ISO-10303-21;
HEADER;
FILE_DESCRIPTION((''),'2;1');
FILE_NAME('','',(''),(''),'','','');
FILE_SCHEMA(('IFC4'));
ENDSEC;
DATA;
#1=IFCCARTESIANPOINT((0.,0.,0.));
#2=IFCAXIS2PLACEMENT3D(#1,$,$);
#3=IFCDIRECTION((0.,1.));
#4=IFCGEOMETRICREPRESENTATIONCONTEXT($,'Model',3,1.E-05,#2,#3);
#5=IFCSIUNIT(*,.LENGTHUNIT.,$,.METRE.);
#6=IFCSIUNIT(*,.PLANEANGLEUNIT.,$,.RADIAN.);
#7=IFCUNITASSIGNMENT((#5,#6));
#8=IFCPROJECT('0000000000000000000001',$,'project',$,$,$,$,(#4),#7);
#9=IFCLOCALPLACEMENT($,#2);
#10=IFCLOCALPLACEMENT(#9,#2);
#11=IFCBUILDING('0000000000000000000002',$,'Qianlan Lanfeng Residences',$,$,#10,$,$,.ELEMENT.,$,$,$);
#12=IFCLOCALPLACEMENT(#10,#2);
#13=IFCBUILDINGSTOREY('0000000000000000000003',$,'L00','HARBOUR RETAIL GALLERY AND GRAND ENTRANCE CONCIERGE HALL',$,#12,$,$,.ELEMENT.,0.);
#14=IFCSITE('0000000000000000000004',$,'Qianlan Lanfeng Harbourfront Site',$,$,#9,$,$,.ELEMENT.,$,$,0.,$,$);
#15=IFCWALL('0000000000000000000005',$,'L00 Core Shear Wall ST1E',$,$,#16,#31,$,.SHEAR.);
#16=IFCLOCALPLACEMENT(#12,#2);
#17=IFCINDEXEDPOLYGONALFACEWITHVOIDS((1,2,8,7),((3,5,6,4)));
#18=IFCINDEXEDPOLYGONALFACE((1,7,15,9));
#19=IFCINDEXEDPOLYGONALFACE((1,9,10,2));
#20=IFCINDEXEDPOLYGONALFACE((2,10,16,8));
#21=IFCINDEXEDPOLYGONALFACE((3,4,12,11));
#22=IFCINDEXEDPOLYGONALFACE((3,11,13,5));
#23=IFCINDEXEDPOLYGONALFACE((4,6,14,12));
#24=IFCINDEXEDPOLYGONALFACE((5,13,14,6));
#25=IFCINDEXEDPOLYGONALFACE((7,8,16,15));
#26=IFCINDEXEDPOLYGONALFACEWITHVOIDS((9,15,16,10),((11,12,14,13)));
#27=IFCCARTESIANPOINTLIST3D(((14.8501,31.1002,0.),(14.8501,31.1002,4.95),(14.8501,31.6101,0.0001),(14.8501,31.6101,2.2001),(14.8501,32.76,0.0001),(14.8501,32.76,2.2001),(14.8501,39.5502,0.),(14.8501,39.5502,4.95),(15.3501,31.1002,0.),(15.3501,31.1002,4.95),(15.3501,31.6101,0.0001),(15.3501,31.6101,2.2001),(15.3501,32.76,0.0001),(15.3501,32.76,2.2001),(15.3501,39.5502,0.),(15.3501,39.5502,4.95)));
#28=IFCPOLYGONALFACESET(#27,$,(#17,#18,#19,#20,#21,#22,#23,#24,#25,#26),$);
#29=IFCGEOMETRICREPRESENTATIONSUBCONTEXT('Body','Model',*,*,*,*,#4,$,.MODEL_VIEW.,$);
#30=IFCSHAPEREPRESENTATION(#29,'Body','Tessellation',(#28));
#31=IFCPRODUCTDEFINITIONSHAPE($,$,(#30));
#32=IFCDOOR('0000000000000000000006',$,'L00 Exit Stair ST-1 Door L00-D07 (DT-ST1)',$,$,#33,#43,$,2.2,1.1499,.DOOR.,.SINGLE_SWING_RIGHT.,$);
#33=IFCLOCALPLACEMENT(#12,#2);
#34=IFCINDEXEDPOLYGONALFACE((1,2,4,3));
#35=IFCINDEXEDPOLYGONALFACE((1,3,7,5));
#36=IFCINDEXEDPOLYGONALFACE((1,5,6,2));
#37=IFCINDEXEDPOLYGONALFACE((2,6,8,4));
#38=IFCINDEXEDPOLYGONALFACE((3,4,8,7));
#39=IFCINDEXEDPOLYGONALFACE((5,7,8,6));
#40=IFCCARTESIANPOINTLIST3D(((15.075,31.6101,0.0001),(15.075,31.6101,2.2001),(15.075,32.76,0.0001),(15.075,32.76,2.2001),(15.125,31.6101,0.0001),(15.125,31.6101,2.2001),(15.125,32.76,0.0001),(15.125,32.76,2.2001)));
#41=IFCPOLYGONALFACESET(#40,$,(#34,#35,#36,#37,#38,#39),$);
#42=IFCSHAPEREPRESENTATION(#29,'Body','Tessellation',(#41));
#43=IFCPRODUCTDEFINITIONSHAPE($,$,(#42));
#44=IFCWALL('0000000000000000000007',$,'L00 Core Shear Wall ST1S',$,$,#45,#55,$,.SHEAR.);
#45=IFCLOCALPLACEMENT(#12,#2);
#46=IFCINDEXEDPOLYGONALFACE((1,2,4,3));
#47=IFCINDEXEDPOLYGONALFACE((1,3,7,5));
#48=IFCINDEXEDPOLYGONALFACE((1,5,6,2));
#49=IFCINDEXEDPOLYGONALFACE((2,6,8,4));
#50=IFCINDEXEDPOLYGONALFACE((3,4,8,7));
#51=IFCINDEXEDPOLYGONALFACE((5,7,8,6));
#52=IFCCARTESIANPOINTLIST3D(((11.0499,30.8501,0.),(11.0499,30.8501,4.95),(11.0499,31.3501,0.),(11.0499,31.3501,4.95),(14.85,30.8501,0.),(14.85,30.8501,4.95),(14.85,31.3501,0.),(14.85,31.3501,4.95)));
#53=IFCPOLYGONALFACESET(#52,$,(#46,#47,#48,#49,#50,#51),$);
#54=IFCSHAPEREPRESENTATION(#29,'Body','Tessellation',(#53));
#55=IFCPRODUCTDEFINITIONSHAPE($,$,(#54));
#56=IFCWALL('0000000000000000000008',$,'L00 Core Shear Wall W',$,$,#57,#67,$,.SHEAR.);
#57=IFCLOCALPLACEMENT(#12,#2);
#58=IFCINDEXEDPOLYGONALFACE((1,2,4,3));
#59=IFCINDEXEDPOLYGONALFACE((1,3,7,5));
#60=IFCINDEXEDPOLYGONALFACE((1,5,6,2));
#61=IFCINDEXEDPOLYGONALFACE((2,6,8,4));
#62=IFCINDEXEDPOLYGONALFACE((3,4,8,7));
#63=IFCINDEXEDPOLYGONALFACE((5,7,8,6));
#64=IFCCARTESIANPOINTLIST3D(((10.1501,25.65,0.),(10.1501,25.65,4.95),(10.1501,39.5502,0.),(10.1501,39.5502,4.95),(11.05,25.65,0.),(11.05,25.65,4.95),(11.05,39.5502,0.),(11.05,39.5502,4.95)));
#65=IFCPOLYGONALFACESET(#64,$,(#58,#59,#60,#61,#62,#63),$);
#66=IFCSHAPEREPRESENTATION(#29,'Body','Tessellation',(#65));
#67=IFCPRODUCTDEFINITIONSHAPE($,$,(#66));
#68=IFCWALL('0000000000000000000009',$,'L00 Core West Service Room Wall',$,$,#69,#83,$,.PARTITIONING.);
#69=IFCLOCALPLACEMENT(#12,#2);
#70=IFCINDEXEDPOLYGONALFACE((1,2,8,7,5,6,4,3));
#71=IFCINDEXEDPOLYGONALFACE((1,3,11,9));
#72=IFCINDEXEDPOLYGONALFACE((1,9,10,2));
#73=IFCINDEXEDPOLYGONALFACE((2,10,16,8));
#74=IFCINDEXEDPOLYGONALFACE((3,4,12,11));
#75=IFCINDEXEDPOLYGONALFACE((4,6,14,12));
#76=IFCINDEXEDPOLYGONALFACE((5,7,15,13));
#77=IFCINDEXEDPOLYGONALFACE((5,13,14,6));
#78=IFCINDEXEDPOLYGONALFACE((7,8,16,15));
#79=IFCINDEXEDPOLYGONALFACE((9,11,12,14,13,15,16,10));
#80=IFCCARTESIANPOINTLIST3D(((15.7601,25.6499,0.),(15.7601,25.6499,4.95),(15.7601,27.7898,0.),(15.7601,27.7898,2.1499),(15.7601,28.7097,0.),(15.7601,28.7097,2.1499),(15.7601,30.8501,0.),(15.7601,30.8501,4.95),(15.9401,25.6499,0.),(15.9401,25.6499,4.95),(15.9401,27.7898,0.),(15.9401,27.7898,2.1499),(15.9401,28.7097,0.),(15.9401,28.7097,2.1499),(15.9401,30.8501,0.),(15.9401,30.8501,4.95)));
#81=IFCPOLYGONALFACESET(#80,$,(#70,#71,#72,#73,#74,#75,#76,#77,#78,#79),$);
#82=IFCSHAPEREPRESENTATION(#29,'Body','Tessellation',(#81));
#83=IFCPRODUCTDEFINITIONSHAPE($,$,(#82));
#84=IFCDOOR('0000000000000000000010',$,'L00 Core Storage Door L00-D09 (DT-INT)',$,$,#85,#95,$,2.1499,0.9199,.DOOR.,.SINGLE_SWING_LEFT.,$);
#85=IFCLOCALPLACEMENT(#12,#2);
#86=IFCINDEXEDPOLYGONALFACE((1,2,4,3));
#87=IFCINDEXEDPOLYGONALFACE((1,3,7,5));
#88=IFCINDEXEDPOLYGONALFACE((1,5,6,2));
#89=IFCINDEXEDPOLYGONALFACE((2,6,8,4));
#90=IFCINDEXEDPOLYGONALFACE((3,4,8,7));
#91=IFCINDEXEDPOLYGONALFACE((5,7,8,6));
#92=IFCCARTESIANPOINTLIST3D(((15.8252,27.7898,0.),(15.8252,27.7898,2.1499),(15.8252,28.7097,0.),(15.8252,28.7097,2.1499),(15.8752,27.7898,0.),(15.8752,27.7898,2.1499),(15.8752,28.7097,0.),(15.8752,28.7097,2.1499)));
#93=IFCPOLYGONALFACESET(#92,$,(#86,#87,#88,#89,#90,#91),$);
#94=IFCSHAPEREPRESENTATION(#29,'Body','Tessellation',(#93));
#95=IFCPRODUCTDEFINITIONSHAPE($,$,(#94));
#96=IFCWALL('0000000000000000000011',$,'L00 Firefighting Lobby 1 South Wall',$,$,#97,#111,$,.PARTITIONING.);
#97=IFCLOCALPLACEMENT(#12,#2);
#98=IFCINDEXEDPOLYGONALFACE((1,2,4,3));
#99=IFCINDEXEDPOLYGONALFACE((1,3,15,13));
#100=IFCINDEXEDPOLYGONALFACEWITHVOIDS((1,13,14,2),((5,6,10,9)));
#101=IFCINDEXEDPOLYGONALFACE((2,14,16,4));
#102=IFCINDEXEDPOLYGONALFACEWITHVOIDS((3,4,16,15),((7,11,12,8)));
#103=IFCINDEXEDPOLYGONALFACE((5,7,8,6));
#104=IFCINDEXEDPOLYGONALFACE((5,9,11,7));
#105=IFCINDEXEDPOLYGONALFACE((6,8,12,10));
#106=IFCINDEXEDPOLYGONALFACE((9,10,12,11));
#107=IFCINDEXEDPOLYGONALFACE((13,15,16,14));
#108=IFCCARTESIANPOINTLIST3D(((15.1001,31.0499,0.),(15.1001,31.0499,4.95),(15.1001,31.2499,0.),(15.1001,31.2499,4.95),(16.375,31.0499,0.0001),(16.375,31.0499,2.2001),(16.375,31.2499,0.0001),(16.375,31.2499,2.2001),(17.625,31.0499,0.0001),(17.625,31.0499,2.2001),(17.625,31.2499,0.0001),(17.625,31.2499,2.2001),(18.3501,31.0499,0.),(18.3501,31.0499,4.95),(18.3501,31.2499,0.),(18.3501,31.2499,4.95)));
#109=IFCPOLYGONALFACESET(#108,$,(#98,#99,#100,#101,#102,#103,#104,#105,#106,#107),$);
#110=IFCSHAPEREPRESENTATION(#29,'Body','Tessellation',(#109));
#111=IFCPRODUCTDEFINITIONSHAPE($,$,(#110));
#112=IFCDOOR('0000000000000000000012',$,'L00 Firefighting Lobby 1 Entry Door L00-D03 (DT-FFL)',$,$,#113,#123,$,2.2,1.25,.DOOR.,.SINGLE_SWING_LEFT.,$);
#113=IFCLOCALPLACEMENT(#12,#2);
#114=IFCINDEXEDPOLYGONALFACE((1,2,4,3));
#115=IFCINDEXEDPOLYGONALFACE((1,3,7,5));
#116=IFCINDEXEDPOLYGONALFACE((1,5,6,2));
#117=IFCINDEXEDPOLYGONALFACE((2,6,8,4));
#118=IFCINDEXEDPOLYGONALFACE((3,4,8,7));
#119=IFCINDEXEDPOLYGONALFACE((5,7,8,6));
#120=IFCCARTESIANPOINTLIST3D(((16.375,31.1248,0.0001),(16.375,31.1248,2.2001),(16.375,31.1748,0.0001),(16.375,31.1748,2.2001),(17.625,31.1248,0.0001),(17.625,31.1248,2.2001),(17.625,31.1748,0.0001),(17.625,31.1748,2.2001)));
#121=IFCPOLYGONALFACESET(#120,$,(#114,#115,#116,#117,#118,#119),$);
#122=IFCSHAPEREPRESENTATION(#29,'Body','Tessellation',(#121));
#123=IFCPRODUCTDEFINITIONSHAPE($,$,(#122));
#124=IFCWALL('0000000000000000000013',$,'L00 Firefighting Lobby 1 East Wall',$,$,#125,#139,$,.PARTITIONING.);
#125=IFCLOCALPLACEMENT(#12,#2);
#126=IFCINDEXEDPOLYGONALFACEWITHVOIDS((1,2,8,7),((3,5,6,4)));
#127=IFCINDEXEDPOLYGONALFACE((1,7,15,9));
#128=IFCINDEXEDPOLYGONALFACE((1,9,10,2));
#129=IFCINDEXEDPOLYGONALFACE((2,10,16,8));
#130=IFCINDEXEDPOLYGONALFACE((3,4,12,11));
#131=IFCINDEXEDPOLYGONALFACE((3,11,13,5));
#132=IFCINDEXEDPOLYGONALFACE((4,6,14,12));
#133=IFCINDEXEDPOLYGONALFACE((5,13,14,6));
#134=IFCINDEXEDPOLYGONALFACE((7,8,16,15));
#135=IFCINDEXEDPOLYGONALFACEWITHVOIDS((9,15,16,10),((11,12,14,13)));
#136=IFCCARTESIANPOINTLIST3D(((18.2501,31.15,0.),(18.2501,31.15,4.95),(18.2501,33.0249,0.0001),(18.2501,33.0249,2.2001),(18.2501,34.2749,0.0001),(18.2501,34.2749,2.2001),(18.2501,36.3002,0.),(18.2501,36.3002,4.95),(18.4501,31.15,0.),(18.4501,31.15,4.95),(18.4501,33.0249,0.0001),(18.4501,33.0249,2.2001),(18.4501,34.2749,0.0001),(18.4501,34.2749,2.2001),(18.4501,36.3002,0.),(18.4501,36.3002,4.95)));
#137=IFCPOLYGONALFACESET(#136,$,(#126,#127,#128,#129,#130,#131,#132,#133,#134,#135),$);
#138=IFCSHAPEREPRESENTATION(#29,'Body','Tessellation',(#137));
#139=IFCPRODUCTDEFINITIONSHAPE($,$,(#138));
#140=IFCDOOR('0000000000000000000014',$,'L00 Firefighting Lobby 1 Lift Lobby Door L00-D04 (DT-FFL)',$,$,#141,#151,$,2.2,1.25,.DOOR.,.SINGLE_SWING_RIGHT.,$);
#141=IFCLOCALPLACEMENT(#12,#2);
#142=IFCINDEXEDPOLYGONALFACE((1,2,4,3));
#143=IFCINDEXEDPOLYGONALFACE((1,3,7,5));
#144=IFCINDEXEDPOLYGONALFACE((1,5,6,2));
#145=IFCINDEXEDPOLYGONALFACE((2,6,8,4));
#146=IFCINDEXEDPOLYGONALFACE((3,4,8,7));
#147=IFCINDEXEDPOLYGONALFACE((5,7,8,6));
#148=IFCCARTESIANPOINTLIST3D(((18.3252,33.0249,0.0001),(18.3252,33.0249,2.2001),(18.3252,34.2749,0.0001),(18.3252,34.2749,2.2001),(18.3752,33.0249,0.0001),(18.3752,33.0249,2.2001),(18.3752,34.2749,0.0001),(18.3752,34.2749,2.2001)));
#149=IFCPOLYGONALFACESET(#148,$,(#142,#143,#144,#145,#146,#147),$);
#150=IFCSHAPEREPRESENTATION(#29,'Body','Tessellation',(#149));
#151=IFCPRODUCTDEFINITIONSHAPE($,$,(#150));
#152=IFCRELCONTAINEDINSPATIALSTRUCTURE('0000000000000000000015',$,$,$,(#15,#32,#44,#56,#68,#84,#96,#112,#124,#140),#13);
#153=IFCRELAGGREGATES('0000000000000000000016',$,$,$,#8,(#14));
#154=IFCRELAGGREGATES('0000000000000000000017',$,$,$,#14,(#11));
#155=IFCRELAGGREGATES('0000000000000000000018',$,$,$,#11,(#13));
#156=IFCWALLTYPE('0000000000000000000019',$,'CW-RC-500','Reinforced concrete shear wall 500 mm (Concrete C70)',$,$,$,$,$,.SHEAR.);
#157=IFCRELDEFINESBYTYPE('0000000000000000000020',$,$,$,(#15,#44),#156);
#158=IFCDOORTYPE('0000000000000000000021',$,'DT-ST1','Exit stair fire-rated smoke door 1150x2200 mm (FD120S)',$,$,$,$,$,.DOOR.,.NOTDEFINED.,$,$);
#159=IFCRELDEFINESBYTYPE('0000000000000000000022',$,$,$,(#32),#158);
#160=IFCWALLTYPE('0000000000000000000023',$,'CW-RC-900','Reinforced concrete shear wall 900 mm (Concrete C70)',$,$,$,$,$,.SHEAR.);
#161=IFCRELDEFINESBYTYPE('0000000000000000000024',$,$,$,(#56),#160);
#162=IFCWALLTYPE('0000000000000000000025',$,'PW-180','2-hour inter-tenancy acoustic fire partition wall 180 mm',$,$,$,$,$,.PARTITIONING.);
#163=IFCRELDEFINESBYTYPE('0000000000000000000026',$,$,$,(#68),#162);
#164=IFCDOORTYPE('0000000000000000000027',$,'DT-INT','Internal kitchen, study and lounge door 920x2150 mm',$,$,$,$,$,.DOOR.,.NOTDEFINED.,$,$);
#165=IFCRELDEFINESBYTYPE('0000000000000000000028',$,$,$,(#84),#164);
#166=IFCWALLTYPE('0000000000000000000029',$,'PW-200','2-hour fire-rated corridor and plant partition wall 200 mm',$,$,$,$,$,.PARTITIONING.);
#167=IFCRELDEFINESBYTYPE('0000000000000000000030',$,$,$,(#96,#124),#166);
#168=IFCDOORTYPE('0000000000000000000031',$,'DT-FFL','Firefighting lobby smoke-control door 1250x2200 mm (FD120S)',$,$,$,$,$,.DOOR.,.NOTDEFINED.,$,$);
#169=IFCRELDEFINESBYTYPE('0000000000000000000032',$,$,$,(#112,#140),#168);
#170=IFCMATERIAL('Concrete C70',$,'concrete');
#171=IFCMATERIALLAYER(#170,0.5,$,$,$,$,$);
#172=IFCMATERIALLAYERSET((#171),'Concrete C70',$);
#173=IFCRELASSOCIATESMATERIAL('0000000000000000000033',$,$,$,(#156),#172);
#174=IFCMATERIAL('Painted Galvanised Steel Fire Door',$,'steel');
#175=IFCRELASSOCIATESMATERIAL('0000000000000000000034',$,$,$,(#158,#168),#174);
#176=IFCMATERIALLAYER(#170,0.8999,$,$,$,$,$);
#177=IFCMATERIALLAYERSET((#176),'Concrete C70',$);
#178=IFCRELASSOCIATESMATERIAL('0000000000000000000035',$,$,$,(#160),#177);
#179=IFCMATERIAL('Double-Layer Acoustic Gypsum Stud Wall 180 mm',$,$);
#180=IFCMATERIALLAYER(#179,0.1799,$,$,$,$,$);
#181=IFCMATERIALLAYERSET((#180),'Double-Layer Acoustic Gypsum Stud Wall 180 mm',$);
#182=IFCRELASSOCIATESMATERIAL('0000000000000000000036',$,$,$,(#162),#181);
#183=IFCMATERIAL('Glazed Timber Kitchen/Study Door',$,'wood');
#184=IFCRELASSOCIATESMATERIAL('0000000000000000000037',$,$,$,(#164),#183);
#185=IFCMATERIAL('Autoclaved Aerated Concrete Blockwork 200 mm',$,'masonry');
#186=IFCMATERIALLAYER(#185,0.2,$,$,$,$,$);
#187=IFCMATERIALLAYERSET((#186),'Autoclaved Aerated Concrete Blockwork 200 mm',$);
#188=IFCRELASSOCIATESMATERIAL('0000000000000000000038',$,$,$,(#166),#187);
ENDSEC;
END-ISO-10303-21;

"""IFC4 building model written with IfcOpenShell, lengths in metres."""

from ifc_helpers import new_model, si_unit, direction, frame, frame_2d, origin, place, context, subcontext, project, spatial, rectangle, extrude, material, layer, layer_set, type_object, element, fill, save


model = new_model("IFC4")

# Units and contexts
model_context = context("Model", 3, precision=1e-05, world=origin(), true_north=direction((0.0, 1.0)))
body_context = subcontext(model_context, "Body", "Model", "MODEL_VIEW")
ifc_project = project(units=[si_unit("LENGTHUNIT", "METRE"), si_unit("PLANEANGLEUNIT", "RADIAN")], contexts=[model_context])

# Site, building, storey
site_placement = place(None, origin())
site = spatial("IfcSite", under=ifc_project, at=site_placement, Name="Qianlan Lanfeng Harbourfront Site", CompositionType="ELEMENT", RefElevation=0.0)
building_placement = place(site_placement, origin())
building = spatial("IfcBuilding", under=site, at=building_placement, Name="Qianlan Lanfeng Residences", CompositionType="ELEMENT")
storey_placement = place(building_placement, origin())
storey = spatial("IfcBuildingStorey", under=building, at=storey_placement, Name="L00", Description="HARBOUR RETAIL GALLERY AND GRAND ENTRANCE CONCIERGE HALL", CompositionType="ELEMENT", Elevation=0.0)

# Wall, opening, door
ifc_material_1 = material(Name="Concrete C70", Category="concrete")
ifc_layer_1 = layer(ifc_material_1, 0.5)
ifc_layer_set_1 = layer_set([ifc_layer_1], Name="Concrete C70")
wall_type_1 = type_object("IfcWallType", Name="CW-RC-500", Description="Reinforced concrete shear wall 500 mm (Concrete C70)", PredefinedType="SHEAR", material=ifc_layer_set_1)
wall_1_placement = place(storey_placement, frame((15.1001, 31.1001, 0.0), z_axis=(0.0, 0.0, 1.0), x_axis=(0.0, 1.0, 0.0)))
wall_1 = element("IfcWall", 1, at=wall_1_placement, inside=storey, type_object=wall_type_1, Name="L00 Core Shear Wall ST1E", PredefinedType="SHEAR", context=body_context, shape_type="SweptSolid", body=[
    extrude(rectangle(XDim=8.45, YDim=0.5, at=frame_2d((4.2251, 0.0))), origin(), (0.0, 0.0, 1.0), 4.95),
])
opening_1_placement = place(wall_1_placement, frame((0.51, 0.0, 0.0)))
opening_1 = element("IfcOpeningElement", 2, at=opening_1_placement, cuts=wall_1, PredefinedType="OPENING", context=body_context, shape_type="SweptSolid", body=[
    extrude(rectangle(XDim=1.1499, YDim=2.2, at=frame_2d((0.575, 1.1001))), frame((0.0, 0.26, 0.0), z_axis=(0.0, -1.0, 0.0), x_axis=(1.0, 0.0, 0.0)), (0.0, 0.0, 1.0), 0.52),
])
ifc_material_2 = material(Name="Painted Galvanised Steel Fire Door", Category="steel")
door_type_1 = type_object("IfcDoorType", Name="DT-ST1", Description="Exit stair fire-rated smoke door 1150x2200 mm (FD120S)", OperationType="NOTDEFINED", PredefinedType="DOOR", material=ifc_material_2)
door_1_placement = place(opening_1_placement, frame((1.1499, 0.0, 0.0), z_axis=(0.0, 0.0, 1.0), x_axis=(-1.0, 0.0, 0.0)))
door_1 = element("IfcDoor", 3, at=door_1_placement, inside=storey, type_object=door_type_1, Name="L00 Exit Stair ST-1 Door L00-D07 (DT-ST1)", OperationType="SINGLE_SWING_RIGHT", OverallHeight=2.2, OverallWidth=1.1499, PredefinedType="DOOR", context=body_context, shape_type="SweptSolid", body=[
    extrude(rectangle(XDim=1.1499, YDim=2.2, at=frame_2d((0.575, 1.1001))), frame((0.0, 0.0249, 0.0), z_axis=(0.0, -1.0, 0.0), x_axis=(1.0, 0.0, 0.0)), (0.0, 0.0, 1.0), 0.05),
])
fill(opening_1, door_1)

# Wall
wall_2_placement = place(storey_placement, frame((11.05, 31.1001, 0.0), z_axis=(0.0, 0.0, 1.0), x_axis=(1.0, 0.0, 0.0)))
element("IfcWall", 4, at=wall_2_placement, inside=storey, type_object=wall_type_1, Name="L00 Core Shear Wall ST1S", PredefinedType="SHEAR", context=body_context, shape_type="SweptSolid", body=[
    extrude(rectangle(XDim=3.8, YDim=0.5, at=frame_2d((1.8999, 0.0))), origin(), (0.0, 0.0, 1.0), 4.95),
])

# Wall
ifc_layer_2 = layer(ifc_material_1, 0.8999)
ifc_layer_set_2 = layer_set([ifc_layer_2], Name="Concrete C70")
wall_type_2 = type_object("IfcWallType", Name="CW-RC-900", Description="Reinforced concrete shear wall 900 mm (Concrete C70)", PredefinedType="SHEAR", material=ifc_layer_set_2)
wall_3_placement = place(storey_placement, frame((10.6001, 25.6499, 0.0), z_axis=(0.0, 0.0, 1.0), x_axis=(0.0, 1.0, 0.0)))
element("IfcWall", 5, at=wall_3_placement, inside=storey, type_object=wall_type_2, Name="L00 Core Shear Wall W", PredefinedType="SHEAR", context=body_context, shape_type="SweptSolid", body=[
    extrude(rectangle(XDim=13.9001, YDim=0.8999, at=frame_2d((6.9502, 0.0))), origin(), (0.0, 0.0, 1.0), 4.95),
])

# Walls, openings, doors
ifc_material_3 = material(Name="Double-Layer Acoustic Gypsum Stud Wall 180 mm")
ifc_layer_3 = layer(ifc_material_3, 0.1799)
ifc_layer_set_3 = layer_set([ifc_layer_3], Name="Double-Layer Acoustic Gypsum Stud Wall 180 mm")
wall_type_3 = type_object("IfcWallType", Name="PW-180", Description="2-hour inter-tenancy acoustic fire partition wall 180 mm", PredefinedType="PARTITIONING", material=ifc_layer_set_3)
wall_4_placement = place(storey_placement, frame((15.8501, 25.6499, 0.0), z_axis=(0.0, 0.0, 1.0), x_axis=(0.0, 1.0, 0.0)))
wall_4 = element("IfcWall", 6, at=wall_4_placement, inside=storey, type_object=wall_type_3, Name="L00 Core West Service Room Wall", PredefinedType="PARTITIONING", context=body_context, shape_type="SweptSolid", body=[
    extrude(rectangle(XDim=5.2002, YDim=0.1799, at=frame_2d((2.6001, 0.0))), origin(), (0.0, 0.0, 1.0), 4.95),
])
opening_2_placement = place(wall_4_placement, frame((2.1399, 0.0, 0.0)))
opening_2 = element("IfcOpeningElement", 7, at=opening_2_placement, cuts=wall_4, PredefinedType="OPENING", context=body_context, shape_type="SweptSolid", body=[
    extrude(rectangle(XDim=0.9199, YDim=2.1499, at=frame_2d((0.46, 1.075))), frame((0.0, 0.1001, 0.0), z_axis=(0.0, -1.0, 0.0), x_axis=(1.0, 0.0, 0.0)), (0.0, 0.0, 1.0), 0.2),
])
ifc_material_4 = material(Name="Glazed Timber Kitchen/Study Door", Category="wood")
door_type_2 = type_object("IfcDoorType", Name="DT-INT", Description="Internal kitchen, study and lounge door 920x2150 mm", OperationType="NOTDEFINED", PredefinedType="DOOR", material=ifc_material_4)
door_2_placement = place(opening_2_placement, origin())
door_2 = element("IfcDoor", 8, at=door_2_placement, inside=storey, type_object=door_type_2, Name="L00 Core Storage Door L00-D09 (DT-INT)", OperationType="SINGLE_SWING_LEFT", OverallHeight=2.1499, OverallWidth=0.9199, PredefinedType="DOOR", context=body_context, shape_type="SweptSolid", body=[
    extrude(rectangle(XDim=0.9199, YDim=2.1499, at=frame_2d((0.46, 1.075))), frame((0.0, 0.0249, 0.0), z_axis=(0.0, -1.0, 0.0), x_axis=(1.0, 0.0, 0.0)), (0.0, 0.0, 1.0), 0.05),
])
fill(opening_2, door_2)
ifc_material_5 = material(Name="Autoclaved Aerated Concrete Blockwork 200 mm", Category="masonry")
ifc_layer_4 = layer(ifc_material_5, 0.2)
ifc_layer_set_4 = layer_set([ifc_layer_4], Name="Autoclaved Aerated Concrete Blockwork 200 mm")
wall_type_4 = type_object("IfcWallType", Name="PW-200", Description="2-hour fire-rated corridor and plant partition wall 200 mm", PredefinedType="PARTITIONING", material=ifc_layer_set_4)
wall_5_placement = place(storey_placement, frame((15.1001, 31.1499, 0.0), z_axis=(0.0, 0.0, 1.0), x_axis=(1.0, 0.0, 0.0)))
wall_5 = element("IfcWall", 9, at=wall_5_placement, inside=storey, type_object=wall_type_4, Name="L00 Firefighting Lobby 1 South Wall", PredefinedType="PARTITIONING", context=body_context, shape_type="SweptSolid", body=[
    extrude(rectangle(XDim=3.25, YDim=0.2, at=frame_2d((1.625, 0.0))), origin(), (0.0, 0.0, 1.0), 4.95),
])
opening_3_placement = place(wall_5_placement, frame((1.2749, 0.0, 0.0)))
opening_3 = element("IfcOpeningElement", 10, at=opening_3_placement, cuts=wall_5, PredefinedType="OPENING", context=body_context, shape_type="SweptSolid", body=[
    extrude(rectangle(XDim=1.25, YDim=2.2, at=frame_2d((0.625, 1.1001))), frame((0.0, 0.1099, 0.0), z_axis=(0.0, -1.0, 0.0), x_axis=(1.0, 0.0, 0.0)), (0.0, 0.0, 1.0), 0.22),
])
door_type_3 = type_object("IfcDoorType", Name="DT-FFL", Description="Firefighting lobby smoke-control door 1250x2200 mm (FD120S)", OperationType="NOTDEFINED", PredefinedType="DOOR", material=ifc_material_2)
door_3_placement = place(opening_3_placement, origin())
door_3 = element("IfcDoor", 11, at=door_3_placement, inside=storey, type_object=door_type_3, Name="L00 Firefighting Lobby 1 Entry Door L00-D03 (DT-FFL)", OperationType="SINGLE_SWING_LEFT", OverallHeight=2.2, OverallWidth=1.25, PredefinedType="DOOR", context=body_context, shape_type="SweptSolid", body=[
    extrude(rectangle(XDim=1.25, YDim=2.2, at=frame_2d((0.625, 1.1001))), frame((0.0, 0.0249, 0.0), z_axis=(0.0, -1.0, 0.0), x_axis=(1.0, 0.0, 0.0)), (0.0, 0.0, 1.0), 0.05),
])
fill(opening_3, door_3)
wall_6_placement = place(storey_placement, frame((18.3501, 31.1499, 0.0), z_axis=(0.0, 0.0, 1.0), x_axis=(0.0, 1.0, 0.0)))
wall_6 = element("IfcWall", 12, at=wall_6_placement, inside=storey, type_object=wall_type_4, Name="L00 Firefighting Lobby 1 East Wall", PredefinedType="PARTITIONING", context=body_context, shape_type="SweptSolid", body=[
    extrude(rectangle(XDim=5.1501, YDim=0.2, at=frame_2d((2.5752, 0.0))), origin(), (0.0, 0.0, 1.0), 4.95),
])
opening_4_placement = place(wall_6_placement, frame((1.875, 0.0, 0.0)))
opening_4 = element("IfcOpeningElement", 13, at=opening_4_placement, cuts=wall_6, PredefinedType="OPENING", context=body_context, shape_type="SweptSolid", body=[
    extrude(rectangle(XDim=1.25, YDim=2.2, at=frame_2d((0.625, 1.1001))), frame((0.0, 0.1099, 0.0), z_axis=(0.0, -1.0, 0.0), x_axis=(1.0, 0.0, 0.0)), (0.0, 0.0, 1.0), 0.22),
])
door_4_placement = place(opening_4_placement, origin())
door_4 = element("IfcDoor", 14, at=door_4_placement, inside=storey, type_object=door_type_3, Name="L00 Firefighting Lobby 1 Lift Lobby Door L00-D04 (DT-FFL)", OperationType="SINGLE_SWING_RIGHT", OverallHeight=2.2, OverallWidth=1.25, PredefinedType="DOOR", context=body_context, shape_type="SweptSolid", body=[
    extrude(rectangle(XDim=1.25, YDim=2.2, at=frame_2d((0.625, 1.1001))), frame((0.0, 0.0249, 0.0), z_axis=(0.0, -1.0, 0.0), x_axis=(1.0, 0.0, 0.0)), (0.0, 0.0, 1.0), 0.05),
])
fill(opening_4, door_4)

save(model, "model.ifc")
